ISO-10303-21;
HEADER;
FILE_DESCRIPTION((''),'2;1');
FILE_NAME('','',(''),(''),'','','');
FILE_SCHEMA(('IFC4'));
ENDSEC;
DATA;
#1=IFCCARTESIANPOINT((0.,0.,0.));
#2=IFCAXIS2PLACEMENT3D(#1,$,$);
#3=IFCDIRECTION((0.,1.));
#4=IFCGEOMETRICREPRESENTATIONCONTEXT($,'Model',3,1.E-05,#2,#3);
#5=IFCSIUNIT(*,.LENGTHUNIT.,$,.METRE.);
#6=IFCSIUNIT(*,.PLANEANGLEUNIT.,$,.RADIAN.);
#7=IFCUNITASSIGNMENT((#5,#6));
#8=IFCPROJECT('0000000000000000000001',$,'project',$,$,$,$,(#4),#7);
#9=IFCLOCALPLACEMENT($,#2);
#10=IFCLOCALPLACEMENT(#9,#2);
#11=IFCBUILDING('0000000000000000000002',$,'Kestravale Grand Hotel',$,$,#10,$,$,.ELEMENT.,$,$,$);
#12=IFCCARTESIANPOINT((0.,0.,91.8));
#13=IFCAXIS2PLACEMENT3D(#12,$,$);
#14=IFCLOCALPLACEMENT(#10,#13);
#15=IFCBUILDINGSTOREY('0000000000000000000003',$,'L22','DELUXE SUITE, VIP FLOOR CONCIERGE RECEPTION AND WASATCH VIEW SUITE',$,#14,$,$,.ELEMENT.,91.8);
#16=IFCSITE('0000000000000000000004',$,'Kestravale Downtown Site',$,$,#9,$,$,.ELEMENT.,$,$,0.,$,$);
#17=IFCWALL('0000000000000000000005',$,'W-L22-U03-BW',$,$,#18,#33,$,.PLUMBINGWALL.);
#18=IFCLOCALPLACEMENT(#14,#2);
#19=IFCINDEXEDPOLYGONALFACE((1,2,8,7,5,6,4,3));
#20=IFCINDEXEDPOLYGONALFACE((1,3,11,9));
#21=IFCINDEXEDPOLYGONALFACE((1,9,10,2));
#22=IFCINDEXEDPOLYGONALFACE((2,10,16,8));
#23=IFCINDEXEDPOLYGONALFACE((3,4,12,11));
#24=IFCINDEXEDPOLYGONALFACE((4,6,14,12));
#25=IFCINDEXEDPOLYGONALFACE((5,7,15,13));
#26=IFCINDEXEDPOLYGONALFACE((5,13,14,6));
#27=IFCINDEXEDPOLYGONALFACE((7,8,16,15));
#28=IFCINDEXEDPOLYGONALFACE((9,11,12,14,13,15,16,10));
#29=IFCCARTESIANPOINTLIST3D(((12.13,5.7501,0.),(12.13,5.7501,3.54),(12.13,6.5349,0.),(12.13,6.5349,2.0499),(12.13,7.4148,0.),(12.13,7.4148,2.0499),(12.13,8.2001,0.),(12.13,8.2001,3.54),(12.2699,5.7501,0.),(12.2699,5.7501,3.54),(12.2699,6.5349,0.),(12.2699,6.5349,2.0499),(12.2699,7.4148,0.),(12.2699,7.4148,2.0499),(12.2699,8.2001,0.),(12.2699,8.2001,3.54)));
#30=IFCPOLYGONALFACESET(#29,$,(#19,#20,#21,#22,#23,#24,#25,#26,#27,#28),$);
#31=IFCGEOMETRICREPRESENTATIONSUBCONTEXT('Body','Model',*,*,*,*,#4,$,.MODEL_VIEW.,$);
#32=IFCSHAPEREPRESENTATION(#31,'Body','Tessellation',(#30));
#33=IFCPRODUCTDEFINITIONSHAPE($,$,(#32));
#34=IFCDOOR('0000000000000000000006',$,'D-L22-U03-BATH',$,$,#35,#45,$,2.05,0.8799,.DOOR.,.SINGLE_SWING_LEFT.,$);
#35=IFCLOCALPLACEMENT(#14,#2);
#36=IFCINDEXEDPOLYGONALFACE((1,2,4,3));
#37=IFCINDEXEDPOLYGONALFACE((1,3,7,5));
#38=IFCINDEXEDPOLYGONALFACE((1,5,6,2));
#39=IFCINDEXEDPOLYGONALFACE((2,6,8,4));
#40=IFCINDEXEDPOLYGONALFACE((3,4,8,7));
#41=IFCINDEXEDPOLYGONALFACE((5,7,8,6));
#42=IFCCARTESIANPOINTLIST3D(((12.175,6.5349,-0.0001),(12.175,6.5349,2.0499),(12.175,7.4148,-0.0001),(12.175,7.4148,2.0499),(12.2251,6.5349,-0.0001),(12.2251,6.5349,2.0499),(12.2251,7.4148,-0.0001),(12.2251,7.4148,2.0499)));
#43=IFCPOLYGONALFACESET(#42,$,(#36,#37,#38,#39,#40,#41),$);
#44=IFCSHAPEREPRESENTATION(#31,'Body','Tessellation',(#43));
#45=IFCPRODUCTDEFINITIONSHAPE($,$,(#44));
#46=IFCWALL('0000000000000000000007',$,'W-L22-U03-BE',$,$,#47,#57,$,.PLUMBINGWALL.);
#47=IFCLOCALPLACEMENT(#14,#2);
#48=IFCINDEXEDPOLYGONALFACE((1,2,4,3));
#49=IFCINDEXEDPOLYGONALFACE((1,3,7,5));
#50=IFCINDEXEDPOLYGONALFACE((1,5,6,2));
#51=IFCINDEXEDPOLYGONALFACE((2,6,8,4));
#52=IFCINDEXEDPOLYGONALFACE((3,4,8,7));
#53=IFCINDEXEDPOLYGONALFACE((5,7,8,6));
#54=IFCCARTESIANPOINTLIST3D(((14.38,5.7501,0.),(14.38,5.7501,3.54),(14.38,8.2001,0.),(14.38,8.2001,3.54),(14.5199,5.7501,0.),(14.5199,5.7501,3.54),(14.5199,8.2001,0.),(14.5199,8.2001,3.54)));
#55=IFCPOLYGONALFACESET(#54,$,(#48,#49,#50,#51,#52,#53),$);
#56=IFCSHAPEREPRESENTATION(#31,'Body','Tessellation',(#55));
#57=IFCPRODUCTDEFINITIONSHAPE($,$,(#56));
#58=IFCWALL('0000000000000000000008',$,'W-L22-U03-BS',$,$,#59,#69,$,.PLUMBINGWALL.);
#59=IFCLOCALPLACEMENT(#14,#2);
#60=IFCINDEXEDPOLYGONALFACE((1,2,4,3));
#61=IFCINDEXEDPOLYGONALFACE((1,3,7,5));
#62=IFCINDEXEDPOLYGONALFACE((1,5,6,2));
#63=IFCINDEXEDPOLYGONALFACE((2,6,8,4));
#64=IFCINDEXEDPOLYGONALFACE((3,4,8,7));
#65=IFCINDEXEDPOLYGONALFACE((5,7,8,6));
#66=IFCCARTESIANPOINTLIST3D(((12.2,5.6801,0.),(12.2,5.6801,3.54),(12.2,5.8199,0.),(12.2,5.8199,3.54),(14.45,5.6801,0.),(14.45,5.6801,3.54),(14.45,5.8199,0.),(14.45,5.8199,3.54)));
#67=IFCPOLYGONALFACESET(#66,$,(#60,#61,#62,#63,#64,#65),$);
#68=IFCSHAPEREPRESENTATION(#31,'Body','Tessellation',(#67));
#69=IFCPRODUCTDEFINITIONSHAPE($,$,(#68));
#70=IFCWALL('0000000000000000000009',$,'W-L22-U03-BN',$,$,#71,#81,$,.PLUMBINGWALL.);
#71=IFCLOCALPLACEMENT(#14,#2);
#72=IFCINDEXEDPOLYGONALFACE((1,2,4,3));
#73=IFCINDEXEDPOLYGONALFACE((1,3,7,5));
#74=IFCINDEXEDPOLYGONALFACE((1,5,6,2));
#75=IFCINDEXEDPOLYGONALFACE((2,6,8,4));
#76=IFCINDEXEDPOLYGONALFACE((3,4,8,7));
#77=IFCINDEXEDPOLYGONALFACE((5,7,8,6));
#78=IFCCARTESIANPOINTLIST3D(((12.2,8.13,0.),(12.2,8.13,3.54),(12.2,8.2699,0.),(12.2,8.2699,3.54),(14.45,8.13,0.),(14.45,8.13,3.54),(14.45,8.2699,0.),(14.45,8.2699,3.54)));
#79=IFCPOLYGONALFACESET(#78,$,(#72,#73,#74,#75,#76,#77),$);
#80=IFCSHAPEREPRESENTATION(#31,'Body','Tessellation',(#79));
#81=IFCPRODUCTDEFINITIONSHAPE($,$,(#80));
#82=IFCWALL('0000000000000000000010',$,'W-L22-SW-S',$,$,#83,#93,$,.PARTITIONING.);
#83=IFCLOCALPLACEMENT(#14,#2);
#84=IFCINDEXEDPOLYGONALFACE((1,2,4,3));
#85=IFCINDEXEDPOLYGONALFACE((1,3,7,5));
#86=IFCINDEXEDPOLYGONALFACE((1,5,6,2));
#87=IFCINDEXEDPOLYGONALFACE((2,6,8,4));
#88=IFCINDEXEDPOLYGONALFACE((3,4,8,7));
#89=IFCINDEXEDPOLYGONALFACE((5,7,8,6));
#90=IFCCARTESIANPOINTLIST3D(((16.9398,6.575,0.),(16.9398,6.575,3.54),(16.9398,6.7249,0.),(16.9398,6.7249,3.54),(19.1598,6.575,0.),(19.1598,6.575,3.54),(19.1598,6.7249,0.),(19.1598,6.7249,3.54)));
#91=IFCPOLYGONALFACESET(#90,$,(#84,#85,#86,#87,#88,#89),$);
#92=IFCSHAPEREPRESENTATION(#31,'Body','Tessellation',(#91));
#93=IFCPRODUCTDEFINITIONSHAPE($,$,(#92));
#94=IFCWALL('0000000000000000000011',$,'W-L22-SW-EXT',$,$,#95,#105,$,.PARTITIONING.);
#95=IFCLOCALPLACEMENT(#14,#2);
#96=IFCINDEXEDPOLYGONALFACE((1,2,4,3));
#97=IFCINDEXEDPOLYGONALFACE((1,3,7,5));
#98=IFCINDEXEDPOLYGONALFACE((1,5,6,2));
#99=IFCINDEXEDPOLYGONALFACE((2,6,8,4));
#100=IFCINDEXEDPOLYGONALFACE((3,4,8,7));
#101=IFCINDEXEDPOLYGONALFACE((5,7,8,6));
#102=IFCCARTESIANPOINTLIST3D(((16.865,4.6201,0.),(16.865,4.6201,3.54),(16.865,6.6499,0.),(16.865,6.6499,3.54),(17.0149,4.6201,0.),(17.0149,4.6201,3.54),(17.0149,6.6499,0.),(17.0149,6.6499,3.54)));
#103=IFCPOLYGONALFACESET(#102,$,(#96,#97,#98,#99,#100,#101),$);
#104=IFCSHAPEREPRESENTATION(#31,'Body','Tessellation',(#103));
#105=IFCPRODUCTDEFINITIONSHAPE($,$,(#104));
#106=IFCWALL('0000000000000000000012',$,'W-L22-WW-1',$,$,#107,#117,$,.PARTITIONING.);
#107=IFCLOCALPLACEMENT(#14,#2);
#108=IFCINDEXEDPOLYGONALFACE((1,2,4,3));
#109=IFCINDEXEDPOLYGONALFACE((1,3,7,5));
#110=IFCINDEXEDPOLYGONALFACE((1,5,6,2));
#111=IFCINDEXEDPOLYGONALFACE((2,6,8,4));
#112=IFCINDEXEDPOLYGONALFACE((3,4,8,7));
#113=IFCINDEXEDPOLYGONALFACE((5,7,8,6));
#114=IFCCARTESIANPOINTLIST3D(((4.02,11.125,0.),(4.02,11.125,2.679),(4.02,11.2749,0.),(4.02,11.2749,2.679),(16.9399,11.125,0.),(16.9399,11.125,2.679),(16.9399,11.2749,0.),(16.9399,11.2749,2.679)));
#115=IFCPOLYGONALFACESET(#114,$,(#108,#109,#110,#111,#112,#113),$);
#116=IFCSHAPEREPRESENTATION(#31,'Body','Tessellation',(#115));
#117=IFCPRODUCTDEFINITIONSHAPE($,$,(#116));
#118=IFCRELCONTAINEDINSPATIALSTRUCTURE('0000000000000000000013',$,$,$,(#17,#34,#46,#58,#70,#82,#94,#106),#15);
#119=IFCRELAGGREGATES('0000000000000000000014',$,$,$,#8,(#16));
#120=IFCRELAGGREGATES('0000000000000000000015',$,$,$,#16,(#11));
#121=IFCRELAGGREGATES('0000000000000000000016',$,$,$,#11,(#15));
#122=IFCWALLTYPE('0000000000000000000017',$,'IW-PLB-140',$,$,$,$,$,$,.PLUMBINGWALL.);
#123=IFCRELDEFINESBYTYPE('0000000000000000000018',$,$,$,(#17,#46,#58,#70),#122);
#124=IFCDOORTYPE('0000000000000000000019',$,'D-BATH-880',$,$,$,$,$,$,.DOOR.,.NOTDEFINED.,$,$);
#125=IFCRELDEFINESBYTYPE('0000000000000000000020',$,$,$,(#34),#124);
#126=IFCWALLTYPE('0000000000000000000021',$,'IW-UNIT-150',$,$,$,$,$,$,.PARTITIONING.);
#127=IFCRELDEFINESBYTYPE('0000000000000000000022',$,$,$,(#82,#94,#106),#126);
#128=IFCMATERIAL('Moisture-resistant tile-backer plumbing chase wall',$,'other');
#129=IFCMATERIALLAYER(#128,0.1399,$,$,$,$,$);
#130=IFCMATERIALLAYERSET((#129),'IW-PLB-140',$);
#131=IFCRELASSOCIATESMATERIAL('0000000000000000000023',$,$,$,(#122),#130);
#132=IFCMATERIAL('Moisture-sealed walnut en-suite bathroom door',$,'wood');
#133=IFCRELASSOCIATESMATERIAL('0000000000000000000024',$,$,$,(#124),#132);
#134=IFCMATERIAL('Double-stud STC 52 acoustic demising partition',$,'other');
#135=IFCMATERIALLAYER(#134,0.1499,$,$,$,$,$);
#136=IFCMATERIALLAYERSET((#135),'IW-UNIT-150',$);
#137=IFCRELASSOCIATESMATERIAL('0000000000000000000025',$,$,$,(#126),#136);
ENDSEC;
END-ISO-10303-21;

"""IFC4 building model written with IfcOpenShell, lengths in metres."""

from ifc_helpers import new_model, si_unit, direction, frame, frame_2d, origin, place, context, subcontext, project, spatial, rectangle, extrude, material, layer, layer_set, type_object, element, fill, save


model = new_model("IFC4")

# Units and contexts
model_context = context("Model", 3, precision=1e-05, world=origin(), true_north=direction((0.0, 1.0)))
body_context = subcontext(model_context, "Body", "Model", "MODEL_VIEW")
ifc_project = project(units=[si_unit("LENGTHUNIT", "METRE"), si_unit("PLANEANGLEUNIT", "RADIAN")], contexts=[model_context])

# Site, building, storey
site_placement = place(None, origin())
site = spatial("IfcSite", under=ifc_project, at=site_placement, Name="Kestravale Downtown Site", CompositionType="ELEMENT", RefElevation=0.0)
building_placement = place(site_placement, origin())
building = spatial("IfcBuilding", under=site, at=building_placement, Name="Kestravale Grand Hotel", CompositionType="ELEMENT")
storey_placement = place(building_placement, frame((0.0, 0.0, 91.8)))
storey = spatial("IfcBuildingStorey", under=building, at=storey_placement, Name="L22", Description="DELUXE SUITE, VIP FLOOR CONCIERGE RECEPTION AND WASATCH VIEW SUITE", CompositionType="ELEMENT", Elevation=91.8)

# Wall, opening, door
ifc_material_1 = material(Name="Moisture-resistant tile-backer plumbing chase wall", Category="other")
ifc_layer_1 = layer(ifc_material_1, 0.1399)
ifc_layer_set_1 = layer_set([ifc_layer_1], Name="IW-PLB-140")
wall_type_1 = type_object("IfcWallType", Name="IW-PLB-140", PredefinedType="PLUMBINGWALL", material=ifc_layer_set_1)
wall_1_placement = place(storey_placement, frame((12.2, 5.75, 0.0), z_axis=(0.0, 0.0, 1.0), x_axis=(0.0, 1.0, 0.0)))
wall_1 = element("IfcWall", 1, at=wall_1_placement, inside=storey, type_object=wall_type_1, Name="W-L22-U03-BW", PredefinedType="PLUMBINGWALL", context=body_context, shape_type="SweptSolid", body=[
    extrude(rectangle(XDim=2.45, YDim=0.1399, at=frame_2d((1.2251, 0.0))), origin(), (0.0, 0.0, 1.0), 3.54),
])
opening_1_placement = place(wall_1_placement, frame((0.7849, 0.0, 0.0)))
opening_1 = element("IfcOpeningElement", 2, at=opening_1_placement, cuts=wall_1, PredefinedType="OPENING", context=body_context, shape_type="SweptSolid", body=[
    extrude(rectangle(XDim=0.8799, YDim=2.05, at=frame_2d((0.4399, 1.0249))), frame((0.0, 0.0798, 0.0), z_axis=(0.0, -1.0, 0.0), x_axis=(1.0, 0.0, 0.0)), (0.0, 0.0, 1.0), 0.1599),
])
ifc_material_2 = material(Name="Moisture-sealed walnut en-suite bathroom door", Category="wood")
door_type_1 = type_object("IfcDoorType", Name="D-BATH-880", OperationType="NOTDEFINED", PredefinedType="DOOR", material=ifc_material_2)
door_1_placement = place(opening_1_placement, origin())
door_1 = element("IfcDoor", 3, at=door_1_placement, inside=storey, type_object=door_type_1, Name="D-L22-U03-BATH", OperationType="SINGLE_SWING_LEFT", OverallHeight=2.05, OverallWidth=0.8799, PredefinedType="DOOR", context=body_context, shape_type="SweptSolid", body=[
    extrude(rectangle(XDim=0.8799, YDim=2.05, at=frame_2d((0.4399, 1.0249))), frame((0.0, 0.0249, 0.0), z_axis=(0.0, -1.0, 0.0), x_axis=(1.0, 0.0, 0.0)), (0.0, 0.0, 1.0), 0.05),
])
fill(opening_1, door_1)

# Walls
wall_2_placement = place(storey_placement, frame((14.45, 5.75, 0.0), z_axis=(0.0, 0.0, 1.0), x_axis=(0.0, 1.0, 0.0)))
element("IfcWall", 4, at=wall_2_placement, inside=storey, type_object=wall_type_1, Name="W-L22-U03-BE", PredefinedType="PLUMBINGWALL", context=body_context, shape_type="SweptSolid", body=[
    extrude(rectangle(XDim=2.45, YDim=0.1399, at=frame_2d((1.2251, 0.0))), origin(), (0.0, 0.0, 1.0), 3.54),
])
for number, where, z_axis, x_axis, name in (
    (5, (12.2, 5.75, 0.0), (0.0, 0.0, 1.0), (1.0, 0.0, 0.0), "W-L22-U03-BS"),
    (6, (12.2, 8.2, 0.0), (0.0, 0.0, 1.0), (1.0, 0.0, 0.0), "W-L22-U03-BN"),
):
    element("IfcWall", number, at=place(storey_placement, frame(where, z_axis=z_axis, x_axis=x_axis)), inside=storey, type_object=wall_type_1, Name=name, PredefinedType="PLUMBINGWALL", context=body_context, shape_type="SweptSolid", body=[
        extrude(rectangle(XDim=2.25, YDim=0.1399, at=frame_2d((1.125, 0.0))), origin(), (0.0, 0.0, 1.0), 3.54),
    ])
ifc_material_3 = material(Name="Double-stud STC 52 acoustic demising partition", Category="other")
ifc_layer_2 = layer(ifc_material_3, 0.1499)
ifc_layer_set_2 = layer_set([ifc_layer_2], Name="IW-UNIT-150")
wall_type_2 = type_object("IfcWallType", Name="IW-UNIT-150", PredefinedType="PARTITIONING", material=ifc_layer_set_2)
wall_3_placement = place(storey_placement, frame((16.9399, 6.6499, 0.0), z_axis=(0.0, 0.0, 1.0), x_axis=(1.0, 0.0, 0.0)))
element("IfcWall", 7, at=wall_3_placement, inside=storey, type_object=wall_type_2, Name="W-L22-SW-S", PredefinedType="PARTITIONING", context=body_context, shape_type="SweptSolid", body=[
    extrude(rectangle(XDim=2.22, YDim=0.1499, at=frame_2d((1.1099, 0.0))), origin(), (0.0, 0.0, 1.0), 3.54),
])
wall_4_placement = place(storey_placement, frame((16.9399, 4.6201, 0.0), z_axis=(0.0, 0.0, 1.0), x_axis=(0.0, 1.0, 0.0)))
element("IfcWall", 8, at=wall_4_placement, inside=storey, type_object=wall_type_2, Name="W-L22-SW-EXT", PredefinedType="PARTITIONING", context=body_context, shape_type="SweptSolid", body=[
    extrude(rectangle(XDim=2.0298, YDim=0.1499, at=frame_2d((1.0149, 0.0))), origin(), (0.0, 0.0, 1.0), 3.54),
])
wall_5_placement = place(storey_placement, frame((4.02, 11.2, 0.0), z_axis=(0.0, 0.0, 1.0), x_axis=(1.0, 0.0, 0.0)))
element("IfcWall", 9, at=wall_5_placement, inside=storey, type_object=wall_type_2, Name="W-L22-WW-1", PredefinedType="PARTITIONING", context=body_context, shape_type="SweptSolid", body=[
    extrude(rectangle(XDim=12.9199, YDim=0.1499, at=frame_2d((6.46, 0.0))), origin(), (0.0, 0.0, 1.0), 2.679),
])

save(model, "model.ifc")
